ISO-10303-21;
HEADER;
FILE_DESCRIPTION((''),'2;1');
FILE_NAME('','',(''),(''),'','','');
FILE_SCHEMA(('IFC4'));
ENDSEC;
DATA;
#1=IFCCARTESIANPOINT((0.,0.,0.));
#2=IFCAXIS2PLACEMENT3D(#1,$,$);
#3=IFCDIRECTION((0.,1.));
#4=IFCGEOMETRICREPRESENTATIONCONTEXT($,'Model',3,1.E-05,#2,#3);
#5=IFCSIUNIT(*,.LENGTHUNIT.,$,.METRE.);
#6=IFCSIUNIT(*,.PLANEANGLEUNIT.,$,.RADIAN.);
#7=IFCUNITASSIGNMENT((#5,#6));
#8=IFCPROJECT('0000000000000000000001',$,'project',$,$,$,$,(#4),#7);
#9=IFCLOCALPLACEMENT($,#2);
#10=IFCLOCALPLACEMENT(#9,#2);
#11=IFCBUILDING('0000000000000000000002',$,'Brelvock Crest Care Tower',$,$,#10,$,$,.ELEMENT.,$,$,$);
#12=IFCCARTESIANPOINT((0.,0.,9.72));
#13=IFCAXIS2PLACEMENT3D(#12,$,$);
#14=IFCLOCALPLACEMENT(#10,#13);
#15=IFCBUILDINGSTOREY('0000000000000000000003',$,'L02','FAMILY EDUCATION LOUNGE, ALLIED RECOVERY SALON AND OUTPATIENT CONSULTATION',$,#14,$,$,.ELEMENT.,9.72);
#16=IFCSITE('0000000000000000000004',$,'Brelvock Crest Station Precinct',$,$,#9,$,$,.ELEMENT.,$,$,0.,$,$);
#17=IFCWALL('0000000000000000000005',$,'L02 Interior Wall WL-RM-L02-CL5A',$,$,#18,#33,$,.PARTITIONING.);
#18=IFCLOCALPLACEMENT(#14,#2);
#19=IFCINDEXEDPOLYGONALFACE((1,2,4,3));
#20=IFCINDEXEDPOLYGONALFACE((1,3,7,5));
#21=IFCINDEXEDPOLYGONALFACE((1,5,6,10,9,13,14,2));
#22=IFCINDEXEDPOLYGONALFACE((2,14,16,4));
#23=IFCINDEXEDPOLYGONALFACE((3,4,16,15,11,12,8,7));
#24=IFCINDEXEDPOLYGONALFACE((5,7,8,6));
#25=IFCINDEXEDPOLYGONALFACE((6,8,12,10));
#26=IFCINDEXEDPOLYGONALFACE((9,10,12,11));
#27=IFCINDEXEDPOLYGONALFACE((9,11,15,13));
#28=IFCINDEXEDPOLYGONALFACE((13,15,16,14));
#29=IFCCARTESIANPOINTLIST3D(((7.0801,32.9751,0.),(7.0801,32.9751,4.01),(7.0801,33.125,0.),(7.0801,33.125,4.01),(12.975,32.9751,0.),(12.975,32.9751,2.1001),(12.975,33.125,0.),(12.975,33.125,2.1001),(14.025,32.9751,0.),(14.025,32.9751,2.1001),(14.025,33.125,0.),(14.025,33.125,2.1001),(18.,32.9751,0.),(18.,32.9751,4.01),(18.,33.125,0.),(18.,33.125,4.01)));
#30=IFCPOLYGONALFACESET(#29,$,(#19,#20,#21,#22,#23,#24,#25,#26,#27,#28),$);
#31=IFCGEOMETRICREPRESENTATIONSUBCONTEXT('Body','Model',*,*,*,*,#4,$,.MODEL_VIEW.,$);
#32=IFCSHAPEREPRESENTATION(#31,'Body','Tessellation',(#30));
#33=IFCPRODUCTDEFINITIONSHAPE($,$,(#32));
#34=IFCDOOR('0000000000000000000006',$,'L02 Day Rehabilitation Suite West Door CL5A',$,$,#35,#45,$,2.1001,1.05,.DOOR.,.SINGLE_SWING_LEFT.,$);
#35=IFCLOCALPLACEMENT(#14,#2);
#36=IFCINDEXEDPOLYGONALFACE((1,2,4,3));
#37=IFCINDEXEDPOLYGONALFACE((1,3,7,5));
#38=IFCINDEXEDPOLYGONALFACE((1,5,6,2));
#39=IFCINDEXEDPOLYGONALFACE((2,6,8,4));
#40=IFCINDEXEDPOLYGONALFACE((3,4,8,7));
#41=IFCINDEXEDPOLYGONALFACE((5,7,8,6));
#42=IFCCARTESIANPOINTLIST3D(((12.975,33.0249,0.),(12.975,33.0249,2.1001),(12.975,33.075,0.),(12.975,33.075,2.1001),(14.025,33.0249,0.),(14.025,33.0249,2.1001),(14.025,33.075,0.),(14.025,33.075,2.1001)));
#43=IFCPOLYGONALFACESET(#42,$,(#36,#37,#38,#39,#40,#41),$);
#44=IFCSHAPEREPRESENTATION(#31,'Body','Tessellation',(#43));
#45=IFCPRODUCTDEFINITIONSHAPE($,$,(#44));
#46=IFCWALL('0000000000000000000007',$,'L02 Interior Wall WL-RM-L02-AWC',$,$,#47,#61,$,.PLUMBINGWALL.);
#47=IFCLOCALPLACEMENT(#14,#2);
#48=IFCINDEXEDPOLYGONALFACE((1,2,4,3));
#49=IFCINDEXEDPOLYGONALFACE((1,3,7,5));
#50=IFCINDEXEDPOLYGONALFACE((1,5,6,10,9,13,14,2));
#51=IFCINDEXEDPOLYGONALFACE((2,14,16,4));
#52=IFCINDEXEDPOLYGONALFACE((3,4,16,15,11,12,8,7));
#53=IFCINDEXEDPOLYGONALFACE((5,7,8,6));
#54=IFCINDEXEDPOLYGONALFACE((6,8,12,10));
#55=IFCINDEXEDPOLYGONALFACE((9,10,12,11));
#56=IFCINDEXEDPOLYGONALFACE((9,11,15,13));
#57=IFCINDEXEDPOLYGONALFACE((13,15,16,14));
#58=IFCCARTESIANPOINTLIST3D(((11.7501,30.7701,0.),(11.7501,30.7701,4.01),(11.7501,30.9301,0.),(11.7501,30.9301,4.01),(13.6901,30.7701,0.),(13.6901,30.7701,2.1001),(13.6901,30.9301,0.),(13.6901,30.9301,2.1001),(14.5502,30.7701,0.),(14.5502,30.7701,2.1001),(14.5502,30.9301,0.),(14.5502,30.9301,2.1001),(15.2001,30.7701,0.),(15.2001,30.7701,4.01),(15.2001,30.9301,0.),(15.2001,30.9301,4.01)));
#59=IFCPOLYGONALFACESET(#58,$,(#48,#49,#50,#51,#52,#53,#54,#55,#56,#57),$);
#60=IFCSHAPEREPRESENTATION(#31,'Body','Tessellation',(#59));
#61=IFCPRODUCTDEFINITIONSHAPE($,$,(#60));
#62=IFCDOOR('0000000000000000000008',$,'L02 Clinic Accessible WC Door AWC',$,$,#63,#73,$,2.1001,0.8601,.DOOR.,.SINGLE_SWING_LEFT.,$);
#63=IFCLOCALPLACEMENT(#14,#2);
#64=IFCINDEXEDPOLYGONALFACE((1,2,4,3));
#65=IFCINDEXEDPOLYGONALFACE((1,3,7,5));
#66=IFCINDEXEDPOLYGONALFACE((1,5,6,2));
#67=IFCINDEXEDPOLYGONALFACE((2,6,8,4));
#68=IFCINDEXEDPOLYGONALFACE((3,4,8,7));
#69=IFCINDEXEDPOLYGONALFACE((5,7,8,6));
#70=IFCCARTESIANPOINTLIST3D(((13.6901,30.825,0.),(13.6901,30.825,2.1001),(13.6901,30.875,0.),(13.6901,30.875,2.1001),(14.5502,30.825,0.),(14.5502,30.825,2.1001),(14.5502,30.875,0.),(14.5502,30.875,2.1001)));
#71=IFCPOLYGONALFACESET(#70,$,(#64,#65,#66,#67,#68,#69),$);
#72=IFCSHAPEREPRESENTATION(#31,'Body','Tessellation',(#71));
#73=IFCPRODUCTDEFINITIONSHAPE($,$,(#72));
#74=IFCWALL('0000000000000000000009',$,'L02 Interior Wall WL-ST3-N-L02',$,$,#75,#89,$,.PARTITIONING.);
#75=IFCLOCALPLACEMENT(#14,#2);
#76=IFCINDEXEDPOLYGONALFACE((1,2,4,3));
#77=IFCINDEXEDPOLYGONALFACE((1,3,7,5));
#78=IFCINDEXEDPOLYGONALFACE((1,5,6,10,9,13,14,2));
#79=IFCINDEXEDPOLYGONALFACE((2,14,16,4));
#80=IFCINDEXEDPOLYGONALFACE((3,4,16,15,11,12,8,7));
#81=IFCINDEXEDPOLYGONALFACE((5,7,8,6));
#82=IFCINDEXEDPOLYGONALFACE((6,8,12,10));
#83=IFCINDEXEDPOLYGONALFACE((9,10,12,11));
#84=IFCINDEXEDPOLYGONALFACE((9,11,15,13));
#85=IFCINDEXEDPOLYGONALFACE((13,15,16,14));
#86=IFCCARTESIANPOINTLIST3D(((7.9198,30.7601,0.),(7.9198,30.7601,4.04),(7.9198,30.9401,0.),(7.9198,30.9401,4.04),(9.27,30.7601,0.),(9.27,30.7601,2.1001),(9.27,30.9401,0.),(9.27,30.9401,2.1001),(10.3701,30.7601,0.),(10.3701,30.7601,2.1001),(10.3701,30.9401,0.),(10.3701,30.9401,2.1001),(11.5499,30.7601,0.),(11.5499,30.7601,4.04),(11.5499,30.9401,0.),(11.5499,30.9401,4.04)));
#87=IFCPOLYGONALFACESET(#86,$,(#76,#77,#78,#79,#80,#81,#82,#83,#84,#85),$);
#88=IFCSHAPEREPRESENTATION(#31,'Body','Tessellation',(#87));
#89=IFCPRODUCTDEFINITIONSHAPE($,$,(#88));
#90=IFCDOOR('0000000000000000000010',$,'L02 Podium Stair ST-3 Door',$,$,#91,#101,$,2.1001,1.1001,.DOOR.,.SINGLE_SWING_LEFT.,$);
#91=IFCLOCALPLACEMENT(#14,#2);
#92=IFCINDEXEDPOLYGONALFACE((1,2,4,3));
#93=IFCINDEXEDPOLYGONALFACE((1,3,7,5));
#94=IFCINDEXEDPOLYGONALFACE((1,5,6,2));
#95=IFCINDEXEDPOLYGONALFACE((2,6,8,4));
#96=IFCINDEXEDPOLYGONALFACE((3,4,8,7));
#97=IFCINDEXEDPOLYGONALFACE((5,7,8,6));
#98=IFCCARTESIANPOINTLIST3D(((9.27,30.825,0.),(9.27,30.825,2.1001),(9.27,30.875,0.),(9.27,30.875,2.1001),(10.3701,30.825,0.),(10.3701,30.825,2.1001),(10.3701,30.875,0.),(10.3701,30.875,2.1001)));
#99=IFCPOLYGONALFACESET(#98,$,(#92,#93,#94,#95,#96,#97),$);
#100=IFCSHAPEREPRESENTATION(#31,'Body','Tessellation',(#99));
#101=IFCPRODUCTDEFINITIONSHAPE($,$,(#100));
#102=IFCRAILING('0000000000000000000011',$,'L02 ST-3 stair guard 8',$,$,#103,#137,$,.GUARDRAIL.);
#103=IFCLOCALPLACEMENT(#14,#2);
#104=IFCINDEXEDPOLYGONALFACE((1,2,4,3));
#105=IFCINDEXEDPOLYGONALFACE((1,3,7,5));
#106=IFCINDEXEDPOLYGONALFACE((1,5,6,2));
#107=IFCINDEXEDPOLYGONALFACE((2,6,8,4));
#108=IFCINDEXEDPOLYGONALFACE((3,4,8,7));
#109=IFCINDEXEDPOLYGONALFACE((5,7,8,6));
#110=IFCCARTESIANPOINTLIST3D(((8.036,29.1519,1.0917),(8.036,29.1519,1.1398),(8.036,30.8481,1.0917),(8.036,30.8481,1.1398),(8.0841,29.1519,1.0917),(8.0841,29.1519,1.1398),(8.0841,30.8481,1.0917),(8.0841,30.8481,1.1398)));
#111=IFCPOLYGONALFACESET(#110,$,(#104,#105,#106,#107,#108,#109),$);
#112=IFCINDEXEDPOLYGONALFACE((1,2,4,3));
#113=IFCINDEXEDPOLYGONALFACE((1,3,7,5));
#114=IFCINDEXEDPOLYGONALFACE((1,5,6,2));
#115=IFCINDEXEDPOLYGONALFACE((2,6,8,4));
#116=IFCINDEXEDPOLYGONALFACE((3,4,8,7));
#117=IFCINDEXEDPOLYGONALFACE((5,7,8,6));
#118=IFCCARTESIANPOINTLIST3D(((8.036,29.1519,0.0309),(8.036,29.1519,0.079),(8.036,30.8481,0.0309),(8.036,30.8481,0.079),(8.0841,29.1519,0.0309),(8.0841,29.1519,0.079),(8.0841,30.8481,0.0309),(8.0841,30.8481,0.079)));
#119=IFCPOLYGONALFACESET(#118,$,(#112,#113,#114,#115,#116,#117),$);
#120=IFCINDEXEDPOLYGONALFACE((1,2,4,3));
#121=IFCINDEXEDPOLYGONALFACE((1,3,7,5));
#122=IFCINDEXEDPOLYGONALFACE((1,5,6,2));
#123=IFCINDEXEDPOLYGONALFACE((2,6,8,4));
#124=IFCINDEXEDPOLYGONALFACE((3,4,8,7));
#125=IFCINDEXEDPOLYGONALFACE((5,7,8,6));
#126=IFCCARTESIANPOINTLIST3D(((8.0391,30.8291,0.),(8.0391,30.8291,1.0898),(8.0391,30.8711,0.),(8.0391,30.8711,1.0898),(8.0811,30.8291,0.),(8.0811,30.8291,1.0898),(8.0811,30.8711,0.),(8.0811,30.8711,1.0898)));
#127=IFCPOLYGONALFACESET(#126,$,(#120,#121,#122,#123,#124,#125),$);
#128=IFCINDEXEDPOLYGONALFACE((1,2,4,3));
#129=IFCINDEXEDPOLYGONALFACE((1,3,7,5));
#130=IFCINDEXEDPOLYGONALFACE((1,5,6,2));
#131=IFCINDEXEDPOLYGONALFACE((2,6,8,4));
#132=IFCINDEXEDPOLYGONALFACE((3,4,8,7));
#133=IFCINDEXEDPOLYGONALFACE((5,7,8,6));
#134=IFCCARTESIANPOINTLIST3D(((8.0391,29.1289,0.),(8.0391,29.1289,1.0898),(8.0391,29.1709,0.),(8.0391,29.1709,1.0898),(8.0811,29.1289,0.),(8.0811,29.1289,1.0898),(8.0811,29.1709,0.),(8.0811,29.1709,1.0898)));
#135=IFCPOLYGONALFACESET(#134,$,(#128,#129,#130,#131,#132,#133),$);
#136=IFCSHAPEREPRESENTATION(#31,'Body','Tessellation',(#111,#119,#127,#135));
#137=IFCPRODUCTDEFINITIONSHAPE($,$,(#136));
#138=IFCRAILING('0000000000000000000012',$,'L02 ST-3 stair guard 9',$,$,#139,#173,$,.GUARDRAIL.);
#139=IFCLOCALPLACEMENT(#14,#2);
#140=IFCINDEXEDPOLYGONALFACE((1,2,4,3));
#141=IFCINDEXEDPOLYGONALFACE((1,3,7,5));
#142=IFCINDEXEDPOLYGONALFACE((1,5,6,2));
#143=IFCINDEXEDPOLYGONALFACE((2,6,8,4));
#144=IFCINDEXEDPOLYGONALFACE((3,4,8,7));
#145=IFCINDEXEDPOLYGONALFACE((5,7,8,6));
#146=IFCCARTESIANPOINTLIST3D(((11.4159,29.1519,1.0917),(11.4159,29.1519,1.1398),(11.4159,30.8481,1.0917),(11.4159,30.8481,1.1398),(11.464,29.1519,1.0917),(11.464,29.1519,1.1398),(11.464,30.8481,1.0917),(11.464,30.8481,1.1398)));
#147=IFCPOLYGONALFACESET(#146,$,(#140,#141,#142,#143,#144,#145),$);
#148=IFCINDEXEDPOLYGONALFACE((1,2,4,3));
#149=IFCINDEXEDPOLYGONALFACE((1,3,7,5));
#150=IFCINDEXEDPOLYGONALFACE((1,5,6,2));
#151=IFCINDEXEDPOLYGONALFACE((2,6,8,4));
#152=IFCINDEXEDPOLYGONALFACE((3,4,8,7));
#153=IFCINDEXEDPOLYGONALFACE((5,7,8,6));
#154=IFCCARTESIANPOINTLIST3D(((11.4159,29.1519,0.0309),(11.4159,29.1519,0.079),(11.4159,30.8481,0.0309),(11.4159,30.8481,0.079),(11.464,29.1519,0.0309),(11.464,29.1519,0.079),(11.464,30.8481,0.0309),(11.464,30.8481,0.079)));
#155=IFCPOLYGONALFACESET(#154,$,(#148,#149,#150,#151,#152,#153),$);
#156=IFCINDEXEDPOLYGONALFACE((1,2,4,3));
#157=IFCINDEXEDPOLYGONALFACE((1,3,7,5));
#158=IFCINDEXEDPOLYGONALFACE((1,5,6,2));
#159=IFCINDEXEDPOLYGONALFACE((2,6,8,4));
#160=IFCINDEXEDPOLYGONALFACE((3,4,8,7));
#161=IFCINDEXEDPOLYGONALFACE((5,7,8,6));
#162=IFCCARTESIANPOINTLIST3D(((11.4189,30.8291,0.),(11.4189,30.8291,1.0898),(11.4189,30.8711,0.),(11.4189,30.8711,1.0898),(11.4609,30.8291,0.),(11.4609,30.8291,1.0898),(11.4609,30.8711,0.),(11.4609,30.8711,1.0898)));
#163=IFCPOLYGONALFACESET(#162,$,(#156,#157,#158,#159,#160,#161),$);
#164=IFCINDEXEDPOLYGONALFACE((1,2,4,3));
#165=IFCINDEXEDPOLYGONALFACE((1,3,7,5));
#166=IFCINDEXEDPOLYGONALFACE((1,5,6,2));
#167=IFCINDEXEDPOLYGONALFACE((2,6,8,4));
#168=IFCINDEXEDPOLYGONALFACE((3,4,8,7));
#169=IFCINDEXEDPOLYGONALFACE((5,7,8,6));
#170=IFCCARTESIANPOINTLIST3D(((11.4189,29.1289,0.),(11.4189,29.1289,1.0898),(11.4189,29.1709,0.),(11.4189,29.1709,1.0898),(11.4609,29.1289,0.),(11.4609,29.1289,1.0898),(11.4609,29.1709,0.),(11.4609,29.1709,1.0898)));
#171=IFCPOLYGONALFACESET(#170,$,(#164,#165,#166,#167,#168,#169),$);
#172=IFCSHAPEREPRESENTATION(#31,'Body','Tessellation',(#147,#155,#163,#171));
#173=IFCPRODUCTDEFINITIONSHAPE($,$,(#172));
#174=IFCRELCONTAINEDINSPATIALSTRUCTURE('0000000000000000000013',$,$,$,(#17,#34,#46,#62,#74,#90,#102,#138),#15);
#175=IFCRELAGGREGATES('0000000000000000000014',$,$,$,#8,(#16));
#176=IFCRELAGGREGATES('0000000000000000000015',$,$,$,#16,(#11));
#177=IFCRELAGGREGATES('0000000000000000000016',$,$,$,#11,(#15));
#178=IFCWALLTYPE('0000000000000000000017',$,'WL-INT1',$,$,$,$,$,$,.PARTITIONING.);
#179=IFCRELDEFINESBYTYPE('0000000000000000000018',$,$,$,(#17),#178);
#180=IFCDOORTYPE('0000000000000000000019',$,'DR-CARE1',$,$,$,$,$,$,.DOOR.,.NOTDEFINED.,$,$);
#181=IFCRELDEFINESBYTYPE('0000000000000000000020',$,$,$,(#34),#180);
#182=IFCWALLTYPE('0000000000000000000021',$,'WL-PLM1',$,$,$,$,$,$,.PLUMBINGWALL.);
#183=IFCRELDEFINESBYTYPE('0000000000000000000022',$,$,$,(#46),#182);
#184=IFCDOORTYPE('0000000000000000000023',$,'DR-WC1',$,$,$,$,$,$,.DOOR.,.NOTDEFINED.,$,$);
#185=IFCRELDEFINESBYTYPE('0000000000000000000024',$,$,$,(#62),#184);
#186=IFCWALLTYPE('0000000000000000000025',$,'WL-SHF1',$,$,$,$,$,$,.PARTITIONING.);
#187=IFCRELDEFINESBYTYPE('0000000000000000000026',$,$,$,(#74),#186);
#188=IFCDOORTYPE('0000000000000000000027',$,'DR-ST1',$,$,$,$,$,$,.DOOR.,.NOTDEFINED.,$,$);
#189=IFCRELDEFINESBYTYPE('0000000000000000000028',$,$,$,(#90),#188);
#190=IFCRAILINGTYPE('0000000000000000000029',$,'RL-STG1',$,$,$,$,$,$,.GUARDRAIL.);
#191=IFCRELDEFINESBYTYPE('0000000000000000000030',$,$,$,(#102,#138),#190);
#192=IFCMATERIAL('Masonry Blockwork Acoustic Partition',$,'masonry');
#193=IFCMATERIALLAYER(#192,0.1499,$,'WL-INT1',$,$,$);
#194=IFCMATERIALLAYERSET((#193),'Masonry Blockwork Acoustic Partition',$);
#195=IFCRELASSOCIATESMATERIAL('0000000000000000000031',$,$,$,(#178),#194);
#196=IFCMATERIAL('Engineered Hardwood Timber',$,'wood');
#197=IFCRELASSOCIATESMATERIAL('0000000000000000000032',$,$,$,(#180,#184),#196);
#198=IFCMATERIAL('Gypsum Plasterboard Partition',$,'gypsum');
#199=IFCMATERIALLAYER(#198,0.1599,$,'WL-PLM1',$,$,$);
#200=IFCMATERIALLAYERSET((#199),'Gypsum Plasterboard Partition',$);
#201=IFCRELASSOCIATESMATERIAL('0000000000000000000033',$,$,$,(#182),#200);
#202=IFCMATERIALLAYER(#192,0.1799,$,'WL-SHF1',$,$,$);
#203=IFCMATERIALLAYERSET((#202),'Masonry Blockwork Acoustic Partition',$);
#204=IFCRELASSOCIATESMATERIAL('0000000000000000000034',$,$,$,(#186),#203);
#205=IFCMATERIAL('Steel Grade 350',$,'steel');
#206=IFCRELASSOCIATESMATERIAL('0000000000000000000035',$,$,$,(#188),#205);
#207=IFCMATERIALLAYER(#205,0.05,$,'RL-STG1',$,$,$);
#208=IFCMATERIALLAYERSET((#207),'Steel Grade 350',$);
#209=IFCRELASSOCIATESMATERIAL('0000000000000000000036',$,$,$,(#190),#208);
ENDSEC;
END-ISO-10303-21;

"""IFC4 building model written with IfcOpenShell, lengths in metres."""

from ifc_helpers import new_model, si_unit, direction, frame, frame_2d, origin, origin_2d, place, context, subcontext, project, spatial, rectangle, extrude, source, transform, mapped, material, layer, layer_set, type_object, element, fill, save


model = new_model("IFC4")

# Units and contexts
model_context = context("Model", 3, precision=1e-05, world=origin(), true_north=direction((0.0, 1.0)))
body_context = subcontext(model_context, "Body", "Model", "MODEL_VIEW")
ifc_project = project(units=[si_unit("LENGTHUNIT", "METRE"), si_unit("PLANEANGLEUNIT", "RADIAN")], contexts=[model_context])

# Site, building, storey
site_placement = place(None, origin())
site = spatial("IfcSite", under=ifc_project, at=site_placement, Name="Brelvock Crest Station Precinct", CompositionType="ELEMENT", RefElevation=0.0)
building_placement = place(site_placement, origin())
building = spatial("IfcBuilding", under=site, at=building_placement, Name="Brelvock Crest Care Tower", CompositionType="ELEMENT")
storey_placement = place(building_placement, frame((0.0, 0.0, 9.72)))
storey = spatial("IfcBuildingStorey", under=building, at=storey_placement, Name="L02", Description="FAMILY EDUCATION LOUNGE, ALLIED RECOVERY SALON AND OUTPATIENT CONSULTATION", CompositionType="ELEMENT", Elevation=9.72)

# Walls, openings, doors
ifc_material_1 = material(Name="Masonry Blockwork Acoustic Partition", Category="masonry")
ifc_layer_1 = layer(ifc_material_1, 0.1499, Name="WL-INT1")
ifc_layer_set_1 = layer_set([ifc_layer_1], Name="Masonry Blockwork Acoustic Partition")
wall_type_1 = type_object("IfcWallType", Name="WL-INT1", PredefinedType="PARTITIONING", material=ifc_layer_set_1)
wall_1_placement = place(storey_placement, frame((7.0801, 33.05, 0.0), z_axis=(0.0, 0.0, 1.0), x_axis=(1.0, 0.0, 0.0)))
wall_1 = element("IfcWall", 1, at=wall_1_placement, inside=storey, type_object=wall_type_1, Name="L02 Interior Wall WL-RM-L02-CL5A", PredefinedType="PARTITIONING", context=body_context, shape_type="SweptSolid", body=[
    extrude(rectangle(XDim=10.9199, YDim=0.1499, at=frame_2d((5.46, 0.0))), origin(), (0.0, 0.0, 1.0), 4.01),
])
opening_1_placement = place(wall_1_placement, frame((5.895, 0.0, 0.0)))
opening_1 = element("IfcOpeningElement", 2, at=opening_1_placement, cuts=wall_1, PredefinedType="OPENING", context=body_context, shape_type="SweptSolid", body=[
    extrude(rectangle(XDim=1.05, YDim=2.1001, at=origin_2d()), frame((0.5249, 0.085, 1.05), z_axis=(0.0, -1.0, 0.0), x_axis=(1.0, 0.0, 0.0)), (0.0, 0.0, 1.0), 0.1699),
])
ifc_material_2 = material(Name="Engineered Hardwood Timber", Category="wood")
door_type_1 = type_object("IfcDoorType", Name="DR-CARE1", OperationType="NOTDEFINED", PredefinedType="DOOR", material=ifc_material_2)
shared_shape_1 = source(origin(), body_context, "Body", "SweptSolid", [
    extrude(rectangle(XDim=1.05, YDim=2.1001, at=origin_2d()), frame((0.5249, 0.0249, 1.05), z_axis=(0.0, -1.0, 0.0), x_axis=(1.0, 0.0, 0.0)), (0.0, 0.0, 1.0), 0.05),
])
door_1_placement = place(opening_1_placement, origin())
door_1 = element("IfcDoor", 3, at=door_1_placement, inside=storey, type_object=door_type_1, Name="L02 Day Rehabilitation Suite West Door CL5A", OperationType="SINGLE_SWING_LEFT", OverallHeight=2.1001, OverallWidth=1.05, PredefinedType="DOOR", context=body_context, shape_type="MappedRepresentation", body=[
    mapped(shared_shape_1, transform((0.0, 0.0, 0.0), x_axis=(1.0, 0.0, 0.0), y_axis=(0.0, 1.0, 0.0), z_axis=(0.0, 0.0, 1.0), scale=1.0)),
])
fill(opening_1, door_1)
ifc_material_3 = material(Name="Gypsum Plasterboard Partition", Category="gypsum")
ifc_layer_2 = layer(ifc_material_3, 0.1599, Name="WL-PLM1")
ifc_layer_set_2 = layer_set([ifc_layer_2], Name="Gypsum Plasterboard Partition")
wall_type_2 = type_object("IfcWallType", Name="WL-PLM1", PredefinedType="PLUMBINGWALL", material=ifc_layer_set_2)
wall_2_placement = place(storey_placement, frame((11.75, 30.8501, 0.0), z_axis=(0.0, 0.0, 1.0), x_axis=(1.0, 0.0, 0.0)))
wall_2 = element("IfcWall", 4, at=wall_2_placement, inside=storey, type_object=wall_type_2, Name="L02 Interior Wall WL-RM-L02-AWC", PredefinedType="PLUMBINGWALL", context=body_context, shape_type="SweptSolid", body=[
    extrude(rectangle(XDim=3.45, YDim=0.1599, at=frame_2d((1.7251, 0.0))), origin(), (0.0, 0.0, 1.0), 4.01),
])
opening_2_placement = place(wall_2_placement, frame((1.9399, 0.0, 0.0)))
opening_2 = element("IfcOpeningElement", 5, at=opening_2_placement, cuts=wall_2, PredefinedType="OPENING", context=body_context, shape_type="SweptSolid", body=[
    extrude(rectangle(XDim=0.8601, YDim=2.1001, at=origin_2d()), frame((0.4302, 0.0898, 1.05), z_axis=(0.0, -1.0, 0.0), x_axis=(1.0, 0.0, 0.0)), (0.0, 0.0, 1.0), 0.1799),
])
door_type_2 = type_object("IfcDoorType", Name="DR-WC1", OperationType="NOTDEFINED", PredefinedType="DOOR", material=ifc_material_2)
shared_shape_2 = source(origin(), body_context, "Body", "SweptSolid", [
    extrude(rectangle(XDim=0.8601, YDim=2.1001, at=origin_2d()), frame((0.4302, 0.0249, 1.05), z_axis=(0.0, -1.0, 0.0), x_axis=(1.0, 0.0, 0.0)), (0.0, 0.0, 1.0), 0.05),
])
door_2_placement = place(opening_2_placement, origin())
door_2 = element("IfcDoor", 6, at=door_2_placement, inside=storey, type_object=door_type_2, Name="L02 Clinic Accessible WC Door AWC", OperationType="SINGLE_SWING_LEFT", OverallHeight=2.1001, OverallWidth=0.8601, PredefinedType="DOOR", context=body_context, shape_type="MappedRepresentation", body=[
    mapped(shared_shape_2, transform((0.0, 0.0, 0.0), x_axis=(1.0, 0.0, 0.0), y_axis=(0.0, 1.0, 0.0), z_axis=(0.0, 0.0, 1.0), scale=1.0)),
])
fill(opening_2, door_2)
ifc_layer_3 = layer(ifc_material_1, 0.1799, Name="WL-SHF1")
ifc_layer_set_3 = layer_set([ifc_layer_3], Name="Masonry Blockwork Acoustic Partition")
wall_type_3 = type_object("IfcWallType", Name="WL-SHF1", PredefinedType="PARTITIONING", material=ifc_layer_set_3)
wall_3_placement = place(storey_placement, frame((7.9199, 30.8501, 0.0), z_axis=(0.0, 0.0, 1.0), x_axis=(1.0, 0.0, 0.0)))
wall_3 = element("IfcWall", 7, at=wall_3_placement, inside=storey, type_object=wall_type_3, Name="L02 Interior Wall WL-ST3-N-L02", PredefinedType="PARTITIONING", context=body_context, shape_type="SweptSolid", body=[
    extrude(rectangle(XDim=3.6301, YDim=0.1799, at=frame_2d((1.8149, 0.0))), origin(), (0.0, 0.0, 1.0), 4.04),
])
opening_3_placement = place(wall_3_placement, frame((1.3501, 0.0, 0.0)))
opening_3 = element("IfcOpeningElement", 8, at=opening_3_placement, cuts=wall_3, PredefinedType="OPENING", context=body_context, shape_type="SweptSolid", body=[
    extrude(rectangle(XDim=1.1001, YDim=2.1001, at=origin_2d()), frame((0.55, 0.1001, 1.05), z_axis=(0.0, -1.0, 0.0), x_axis=(1.0, 0.0, 0.0)), (0.0, 0.0, 1.0), 0.2),
])
ifc_material_4 = material(Name="Steel Grade 350", Category="steel")
door_type_3 = type_object("IfcDoorType", Name="DR-ST1", OperationType="NOTDEFINED", PredefinedType="DOOR", material=ifc_material_4)
shared_shape_3 = source(origin(), body_context, "Body", "SweptSolid", [
    extrude(rectangle(XDim=1.1001, YDim=2.1001, at=origin_2d()), frame((0.55, 0.0249, 1.05), z_axis=(0.0, -1.0, 0.0), x_axis=(1.0, 0.0, 0.0)), (0.0, 0.0, 1.0), 0.05),
])
door_3_placement = place(opening_3_placement, origin())
door_3 = element("IfcDoor", 9, at=door_3_placement, inside=storey, type_object=door_type_3, Name="L02 Podium Stair ST-3 Door", OperationType="SINGLE_SWING_LEFT", OverallHeight=2.1001, OverallWidth=1.1001, PredefinedType="DOOR", context=body_context, shape_type="MappedRepresentation", body=[
    mapped(shared_shape_3, transform((0.0, 0.0, 0.0), x_axis=(1.0, 0.0, 0.0), y_axis=(0.0, 1.0, 0.0), z_axis=(0.0, 0.0, 1.0), scale=1.0)),
])
fill(opening_3, door_3)

# Railings
ifc_layer_4 = layer(ifc_material_4, 0.05, Name="RL-STG1")
ifc_layer_set_4 = layer_set([ifc_layer_4], Name="Steel Grade 350")
railing_type = type_object("IfcRailingType", Name="RL-STG1", PredefinedType="GUARDRAIL", material=ifc_layer_set_4)
for number, where, name in (
    (10, (8.0601, 30.8501, 0.0), "L02 ST-3 stair guard 8"),
    (11, (11.4399, 30.8501, 0.0), "L02 ST-3 stair guard 9"),
):
    element("IfcRailing", number, at=place(storey_placement, frame(where)), inside=storey, type_object=railing_type, Name=name, PredefinedType="GUARDRAIL", context=body_context, shape_type="SweptSolid", body=[
        extrude(rectangle(XDim=0.0481, YDim=0.0481, at=origin_2d()), frame((0.0, -0.002, 1.1157), z_axis=(0.0, -1.0, 0.0), x_axis=(1.0, 0.0, 0.0)), (0.0, 0.0, 1.0), 1.6963),
        extrude(rectangle(XDim=0.0481, YDim=0.0481, at=origin_2d()), frame((0.0, -0.002, 0.0549), z_axis=(0.0, -1.0, 0.0), x_axis=(1.0, 0.0, 0.0)), (0.0, 0.0, 1.0), 1.6963),
        extrude(rectangle(XDim=0.042, YDim=0.042, at=origin_2d()), origin(), (0.0, 0.0, 1.0), 1.0898),
        extrude(rectangle(XDim=0.042, YDim=0.042, at=origin_2d()), frame((0.0, -1.7002, 0.0)), (0.0, 0.0, 1.0), 1.0898),
    ])

save(model, "model.ifc")
